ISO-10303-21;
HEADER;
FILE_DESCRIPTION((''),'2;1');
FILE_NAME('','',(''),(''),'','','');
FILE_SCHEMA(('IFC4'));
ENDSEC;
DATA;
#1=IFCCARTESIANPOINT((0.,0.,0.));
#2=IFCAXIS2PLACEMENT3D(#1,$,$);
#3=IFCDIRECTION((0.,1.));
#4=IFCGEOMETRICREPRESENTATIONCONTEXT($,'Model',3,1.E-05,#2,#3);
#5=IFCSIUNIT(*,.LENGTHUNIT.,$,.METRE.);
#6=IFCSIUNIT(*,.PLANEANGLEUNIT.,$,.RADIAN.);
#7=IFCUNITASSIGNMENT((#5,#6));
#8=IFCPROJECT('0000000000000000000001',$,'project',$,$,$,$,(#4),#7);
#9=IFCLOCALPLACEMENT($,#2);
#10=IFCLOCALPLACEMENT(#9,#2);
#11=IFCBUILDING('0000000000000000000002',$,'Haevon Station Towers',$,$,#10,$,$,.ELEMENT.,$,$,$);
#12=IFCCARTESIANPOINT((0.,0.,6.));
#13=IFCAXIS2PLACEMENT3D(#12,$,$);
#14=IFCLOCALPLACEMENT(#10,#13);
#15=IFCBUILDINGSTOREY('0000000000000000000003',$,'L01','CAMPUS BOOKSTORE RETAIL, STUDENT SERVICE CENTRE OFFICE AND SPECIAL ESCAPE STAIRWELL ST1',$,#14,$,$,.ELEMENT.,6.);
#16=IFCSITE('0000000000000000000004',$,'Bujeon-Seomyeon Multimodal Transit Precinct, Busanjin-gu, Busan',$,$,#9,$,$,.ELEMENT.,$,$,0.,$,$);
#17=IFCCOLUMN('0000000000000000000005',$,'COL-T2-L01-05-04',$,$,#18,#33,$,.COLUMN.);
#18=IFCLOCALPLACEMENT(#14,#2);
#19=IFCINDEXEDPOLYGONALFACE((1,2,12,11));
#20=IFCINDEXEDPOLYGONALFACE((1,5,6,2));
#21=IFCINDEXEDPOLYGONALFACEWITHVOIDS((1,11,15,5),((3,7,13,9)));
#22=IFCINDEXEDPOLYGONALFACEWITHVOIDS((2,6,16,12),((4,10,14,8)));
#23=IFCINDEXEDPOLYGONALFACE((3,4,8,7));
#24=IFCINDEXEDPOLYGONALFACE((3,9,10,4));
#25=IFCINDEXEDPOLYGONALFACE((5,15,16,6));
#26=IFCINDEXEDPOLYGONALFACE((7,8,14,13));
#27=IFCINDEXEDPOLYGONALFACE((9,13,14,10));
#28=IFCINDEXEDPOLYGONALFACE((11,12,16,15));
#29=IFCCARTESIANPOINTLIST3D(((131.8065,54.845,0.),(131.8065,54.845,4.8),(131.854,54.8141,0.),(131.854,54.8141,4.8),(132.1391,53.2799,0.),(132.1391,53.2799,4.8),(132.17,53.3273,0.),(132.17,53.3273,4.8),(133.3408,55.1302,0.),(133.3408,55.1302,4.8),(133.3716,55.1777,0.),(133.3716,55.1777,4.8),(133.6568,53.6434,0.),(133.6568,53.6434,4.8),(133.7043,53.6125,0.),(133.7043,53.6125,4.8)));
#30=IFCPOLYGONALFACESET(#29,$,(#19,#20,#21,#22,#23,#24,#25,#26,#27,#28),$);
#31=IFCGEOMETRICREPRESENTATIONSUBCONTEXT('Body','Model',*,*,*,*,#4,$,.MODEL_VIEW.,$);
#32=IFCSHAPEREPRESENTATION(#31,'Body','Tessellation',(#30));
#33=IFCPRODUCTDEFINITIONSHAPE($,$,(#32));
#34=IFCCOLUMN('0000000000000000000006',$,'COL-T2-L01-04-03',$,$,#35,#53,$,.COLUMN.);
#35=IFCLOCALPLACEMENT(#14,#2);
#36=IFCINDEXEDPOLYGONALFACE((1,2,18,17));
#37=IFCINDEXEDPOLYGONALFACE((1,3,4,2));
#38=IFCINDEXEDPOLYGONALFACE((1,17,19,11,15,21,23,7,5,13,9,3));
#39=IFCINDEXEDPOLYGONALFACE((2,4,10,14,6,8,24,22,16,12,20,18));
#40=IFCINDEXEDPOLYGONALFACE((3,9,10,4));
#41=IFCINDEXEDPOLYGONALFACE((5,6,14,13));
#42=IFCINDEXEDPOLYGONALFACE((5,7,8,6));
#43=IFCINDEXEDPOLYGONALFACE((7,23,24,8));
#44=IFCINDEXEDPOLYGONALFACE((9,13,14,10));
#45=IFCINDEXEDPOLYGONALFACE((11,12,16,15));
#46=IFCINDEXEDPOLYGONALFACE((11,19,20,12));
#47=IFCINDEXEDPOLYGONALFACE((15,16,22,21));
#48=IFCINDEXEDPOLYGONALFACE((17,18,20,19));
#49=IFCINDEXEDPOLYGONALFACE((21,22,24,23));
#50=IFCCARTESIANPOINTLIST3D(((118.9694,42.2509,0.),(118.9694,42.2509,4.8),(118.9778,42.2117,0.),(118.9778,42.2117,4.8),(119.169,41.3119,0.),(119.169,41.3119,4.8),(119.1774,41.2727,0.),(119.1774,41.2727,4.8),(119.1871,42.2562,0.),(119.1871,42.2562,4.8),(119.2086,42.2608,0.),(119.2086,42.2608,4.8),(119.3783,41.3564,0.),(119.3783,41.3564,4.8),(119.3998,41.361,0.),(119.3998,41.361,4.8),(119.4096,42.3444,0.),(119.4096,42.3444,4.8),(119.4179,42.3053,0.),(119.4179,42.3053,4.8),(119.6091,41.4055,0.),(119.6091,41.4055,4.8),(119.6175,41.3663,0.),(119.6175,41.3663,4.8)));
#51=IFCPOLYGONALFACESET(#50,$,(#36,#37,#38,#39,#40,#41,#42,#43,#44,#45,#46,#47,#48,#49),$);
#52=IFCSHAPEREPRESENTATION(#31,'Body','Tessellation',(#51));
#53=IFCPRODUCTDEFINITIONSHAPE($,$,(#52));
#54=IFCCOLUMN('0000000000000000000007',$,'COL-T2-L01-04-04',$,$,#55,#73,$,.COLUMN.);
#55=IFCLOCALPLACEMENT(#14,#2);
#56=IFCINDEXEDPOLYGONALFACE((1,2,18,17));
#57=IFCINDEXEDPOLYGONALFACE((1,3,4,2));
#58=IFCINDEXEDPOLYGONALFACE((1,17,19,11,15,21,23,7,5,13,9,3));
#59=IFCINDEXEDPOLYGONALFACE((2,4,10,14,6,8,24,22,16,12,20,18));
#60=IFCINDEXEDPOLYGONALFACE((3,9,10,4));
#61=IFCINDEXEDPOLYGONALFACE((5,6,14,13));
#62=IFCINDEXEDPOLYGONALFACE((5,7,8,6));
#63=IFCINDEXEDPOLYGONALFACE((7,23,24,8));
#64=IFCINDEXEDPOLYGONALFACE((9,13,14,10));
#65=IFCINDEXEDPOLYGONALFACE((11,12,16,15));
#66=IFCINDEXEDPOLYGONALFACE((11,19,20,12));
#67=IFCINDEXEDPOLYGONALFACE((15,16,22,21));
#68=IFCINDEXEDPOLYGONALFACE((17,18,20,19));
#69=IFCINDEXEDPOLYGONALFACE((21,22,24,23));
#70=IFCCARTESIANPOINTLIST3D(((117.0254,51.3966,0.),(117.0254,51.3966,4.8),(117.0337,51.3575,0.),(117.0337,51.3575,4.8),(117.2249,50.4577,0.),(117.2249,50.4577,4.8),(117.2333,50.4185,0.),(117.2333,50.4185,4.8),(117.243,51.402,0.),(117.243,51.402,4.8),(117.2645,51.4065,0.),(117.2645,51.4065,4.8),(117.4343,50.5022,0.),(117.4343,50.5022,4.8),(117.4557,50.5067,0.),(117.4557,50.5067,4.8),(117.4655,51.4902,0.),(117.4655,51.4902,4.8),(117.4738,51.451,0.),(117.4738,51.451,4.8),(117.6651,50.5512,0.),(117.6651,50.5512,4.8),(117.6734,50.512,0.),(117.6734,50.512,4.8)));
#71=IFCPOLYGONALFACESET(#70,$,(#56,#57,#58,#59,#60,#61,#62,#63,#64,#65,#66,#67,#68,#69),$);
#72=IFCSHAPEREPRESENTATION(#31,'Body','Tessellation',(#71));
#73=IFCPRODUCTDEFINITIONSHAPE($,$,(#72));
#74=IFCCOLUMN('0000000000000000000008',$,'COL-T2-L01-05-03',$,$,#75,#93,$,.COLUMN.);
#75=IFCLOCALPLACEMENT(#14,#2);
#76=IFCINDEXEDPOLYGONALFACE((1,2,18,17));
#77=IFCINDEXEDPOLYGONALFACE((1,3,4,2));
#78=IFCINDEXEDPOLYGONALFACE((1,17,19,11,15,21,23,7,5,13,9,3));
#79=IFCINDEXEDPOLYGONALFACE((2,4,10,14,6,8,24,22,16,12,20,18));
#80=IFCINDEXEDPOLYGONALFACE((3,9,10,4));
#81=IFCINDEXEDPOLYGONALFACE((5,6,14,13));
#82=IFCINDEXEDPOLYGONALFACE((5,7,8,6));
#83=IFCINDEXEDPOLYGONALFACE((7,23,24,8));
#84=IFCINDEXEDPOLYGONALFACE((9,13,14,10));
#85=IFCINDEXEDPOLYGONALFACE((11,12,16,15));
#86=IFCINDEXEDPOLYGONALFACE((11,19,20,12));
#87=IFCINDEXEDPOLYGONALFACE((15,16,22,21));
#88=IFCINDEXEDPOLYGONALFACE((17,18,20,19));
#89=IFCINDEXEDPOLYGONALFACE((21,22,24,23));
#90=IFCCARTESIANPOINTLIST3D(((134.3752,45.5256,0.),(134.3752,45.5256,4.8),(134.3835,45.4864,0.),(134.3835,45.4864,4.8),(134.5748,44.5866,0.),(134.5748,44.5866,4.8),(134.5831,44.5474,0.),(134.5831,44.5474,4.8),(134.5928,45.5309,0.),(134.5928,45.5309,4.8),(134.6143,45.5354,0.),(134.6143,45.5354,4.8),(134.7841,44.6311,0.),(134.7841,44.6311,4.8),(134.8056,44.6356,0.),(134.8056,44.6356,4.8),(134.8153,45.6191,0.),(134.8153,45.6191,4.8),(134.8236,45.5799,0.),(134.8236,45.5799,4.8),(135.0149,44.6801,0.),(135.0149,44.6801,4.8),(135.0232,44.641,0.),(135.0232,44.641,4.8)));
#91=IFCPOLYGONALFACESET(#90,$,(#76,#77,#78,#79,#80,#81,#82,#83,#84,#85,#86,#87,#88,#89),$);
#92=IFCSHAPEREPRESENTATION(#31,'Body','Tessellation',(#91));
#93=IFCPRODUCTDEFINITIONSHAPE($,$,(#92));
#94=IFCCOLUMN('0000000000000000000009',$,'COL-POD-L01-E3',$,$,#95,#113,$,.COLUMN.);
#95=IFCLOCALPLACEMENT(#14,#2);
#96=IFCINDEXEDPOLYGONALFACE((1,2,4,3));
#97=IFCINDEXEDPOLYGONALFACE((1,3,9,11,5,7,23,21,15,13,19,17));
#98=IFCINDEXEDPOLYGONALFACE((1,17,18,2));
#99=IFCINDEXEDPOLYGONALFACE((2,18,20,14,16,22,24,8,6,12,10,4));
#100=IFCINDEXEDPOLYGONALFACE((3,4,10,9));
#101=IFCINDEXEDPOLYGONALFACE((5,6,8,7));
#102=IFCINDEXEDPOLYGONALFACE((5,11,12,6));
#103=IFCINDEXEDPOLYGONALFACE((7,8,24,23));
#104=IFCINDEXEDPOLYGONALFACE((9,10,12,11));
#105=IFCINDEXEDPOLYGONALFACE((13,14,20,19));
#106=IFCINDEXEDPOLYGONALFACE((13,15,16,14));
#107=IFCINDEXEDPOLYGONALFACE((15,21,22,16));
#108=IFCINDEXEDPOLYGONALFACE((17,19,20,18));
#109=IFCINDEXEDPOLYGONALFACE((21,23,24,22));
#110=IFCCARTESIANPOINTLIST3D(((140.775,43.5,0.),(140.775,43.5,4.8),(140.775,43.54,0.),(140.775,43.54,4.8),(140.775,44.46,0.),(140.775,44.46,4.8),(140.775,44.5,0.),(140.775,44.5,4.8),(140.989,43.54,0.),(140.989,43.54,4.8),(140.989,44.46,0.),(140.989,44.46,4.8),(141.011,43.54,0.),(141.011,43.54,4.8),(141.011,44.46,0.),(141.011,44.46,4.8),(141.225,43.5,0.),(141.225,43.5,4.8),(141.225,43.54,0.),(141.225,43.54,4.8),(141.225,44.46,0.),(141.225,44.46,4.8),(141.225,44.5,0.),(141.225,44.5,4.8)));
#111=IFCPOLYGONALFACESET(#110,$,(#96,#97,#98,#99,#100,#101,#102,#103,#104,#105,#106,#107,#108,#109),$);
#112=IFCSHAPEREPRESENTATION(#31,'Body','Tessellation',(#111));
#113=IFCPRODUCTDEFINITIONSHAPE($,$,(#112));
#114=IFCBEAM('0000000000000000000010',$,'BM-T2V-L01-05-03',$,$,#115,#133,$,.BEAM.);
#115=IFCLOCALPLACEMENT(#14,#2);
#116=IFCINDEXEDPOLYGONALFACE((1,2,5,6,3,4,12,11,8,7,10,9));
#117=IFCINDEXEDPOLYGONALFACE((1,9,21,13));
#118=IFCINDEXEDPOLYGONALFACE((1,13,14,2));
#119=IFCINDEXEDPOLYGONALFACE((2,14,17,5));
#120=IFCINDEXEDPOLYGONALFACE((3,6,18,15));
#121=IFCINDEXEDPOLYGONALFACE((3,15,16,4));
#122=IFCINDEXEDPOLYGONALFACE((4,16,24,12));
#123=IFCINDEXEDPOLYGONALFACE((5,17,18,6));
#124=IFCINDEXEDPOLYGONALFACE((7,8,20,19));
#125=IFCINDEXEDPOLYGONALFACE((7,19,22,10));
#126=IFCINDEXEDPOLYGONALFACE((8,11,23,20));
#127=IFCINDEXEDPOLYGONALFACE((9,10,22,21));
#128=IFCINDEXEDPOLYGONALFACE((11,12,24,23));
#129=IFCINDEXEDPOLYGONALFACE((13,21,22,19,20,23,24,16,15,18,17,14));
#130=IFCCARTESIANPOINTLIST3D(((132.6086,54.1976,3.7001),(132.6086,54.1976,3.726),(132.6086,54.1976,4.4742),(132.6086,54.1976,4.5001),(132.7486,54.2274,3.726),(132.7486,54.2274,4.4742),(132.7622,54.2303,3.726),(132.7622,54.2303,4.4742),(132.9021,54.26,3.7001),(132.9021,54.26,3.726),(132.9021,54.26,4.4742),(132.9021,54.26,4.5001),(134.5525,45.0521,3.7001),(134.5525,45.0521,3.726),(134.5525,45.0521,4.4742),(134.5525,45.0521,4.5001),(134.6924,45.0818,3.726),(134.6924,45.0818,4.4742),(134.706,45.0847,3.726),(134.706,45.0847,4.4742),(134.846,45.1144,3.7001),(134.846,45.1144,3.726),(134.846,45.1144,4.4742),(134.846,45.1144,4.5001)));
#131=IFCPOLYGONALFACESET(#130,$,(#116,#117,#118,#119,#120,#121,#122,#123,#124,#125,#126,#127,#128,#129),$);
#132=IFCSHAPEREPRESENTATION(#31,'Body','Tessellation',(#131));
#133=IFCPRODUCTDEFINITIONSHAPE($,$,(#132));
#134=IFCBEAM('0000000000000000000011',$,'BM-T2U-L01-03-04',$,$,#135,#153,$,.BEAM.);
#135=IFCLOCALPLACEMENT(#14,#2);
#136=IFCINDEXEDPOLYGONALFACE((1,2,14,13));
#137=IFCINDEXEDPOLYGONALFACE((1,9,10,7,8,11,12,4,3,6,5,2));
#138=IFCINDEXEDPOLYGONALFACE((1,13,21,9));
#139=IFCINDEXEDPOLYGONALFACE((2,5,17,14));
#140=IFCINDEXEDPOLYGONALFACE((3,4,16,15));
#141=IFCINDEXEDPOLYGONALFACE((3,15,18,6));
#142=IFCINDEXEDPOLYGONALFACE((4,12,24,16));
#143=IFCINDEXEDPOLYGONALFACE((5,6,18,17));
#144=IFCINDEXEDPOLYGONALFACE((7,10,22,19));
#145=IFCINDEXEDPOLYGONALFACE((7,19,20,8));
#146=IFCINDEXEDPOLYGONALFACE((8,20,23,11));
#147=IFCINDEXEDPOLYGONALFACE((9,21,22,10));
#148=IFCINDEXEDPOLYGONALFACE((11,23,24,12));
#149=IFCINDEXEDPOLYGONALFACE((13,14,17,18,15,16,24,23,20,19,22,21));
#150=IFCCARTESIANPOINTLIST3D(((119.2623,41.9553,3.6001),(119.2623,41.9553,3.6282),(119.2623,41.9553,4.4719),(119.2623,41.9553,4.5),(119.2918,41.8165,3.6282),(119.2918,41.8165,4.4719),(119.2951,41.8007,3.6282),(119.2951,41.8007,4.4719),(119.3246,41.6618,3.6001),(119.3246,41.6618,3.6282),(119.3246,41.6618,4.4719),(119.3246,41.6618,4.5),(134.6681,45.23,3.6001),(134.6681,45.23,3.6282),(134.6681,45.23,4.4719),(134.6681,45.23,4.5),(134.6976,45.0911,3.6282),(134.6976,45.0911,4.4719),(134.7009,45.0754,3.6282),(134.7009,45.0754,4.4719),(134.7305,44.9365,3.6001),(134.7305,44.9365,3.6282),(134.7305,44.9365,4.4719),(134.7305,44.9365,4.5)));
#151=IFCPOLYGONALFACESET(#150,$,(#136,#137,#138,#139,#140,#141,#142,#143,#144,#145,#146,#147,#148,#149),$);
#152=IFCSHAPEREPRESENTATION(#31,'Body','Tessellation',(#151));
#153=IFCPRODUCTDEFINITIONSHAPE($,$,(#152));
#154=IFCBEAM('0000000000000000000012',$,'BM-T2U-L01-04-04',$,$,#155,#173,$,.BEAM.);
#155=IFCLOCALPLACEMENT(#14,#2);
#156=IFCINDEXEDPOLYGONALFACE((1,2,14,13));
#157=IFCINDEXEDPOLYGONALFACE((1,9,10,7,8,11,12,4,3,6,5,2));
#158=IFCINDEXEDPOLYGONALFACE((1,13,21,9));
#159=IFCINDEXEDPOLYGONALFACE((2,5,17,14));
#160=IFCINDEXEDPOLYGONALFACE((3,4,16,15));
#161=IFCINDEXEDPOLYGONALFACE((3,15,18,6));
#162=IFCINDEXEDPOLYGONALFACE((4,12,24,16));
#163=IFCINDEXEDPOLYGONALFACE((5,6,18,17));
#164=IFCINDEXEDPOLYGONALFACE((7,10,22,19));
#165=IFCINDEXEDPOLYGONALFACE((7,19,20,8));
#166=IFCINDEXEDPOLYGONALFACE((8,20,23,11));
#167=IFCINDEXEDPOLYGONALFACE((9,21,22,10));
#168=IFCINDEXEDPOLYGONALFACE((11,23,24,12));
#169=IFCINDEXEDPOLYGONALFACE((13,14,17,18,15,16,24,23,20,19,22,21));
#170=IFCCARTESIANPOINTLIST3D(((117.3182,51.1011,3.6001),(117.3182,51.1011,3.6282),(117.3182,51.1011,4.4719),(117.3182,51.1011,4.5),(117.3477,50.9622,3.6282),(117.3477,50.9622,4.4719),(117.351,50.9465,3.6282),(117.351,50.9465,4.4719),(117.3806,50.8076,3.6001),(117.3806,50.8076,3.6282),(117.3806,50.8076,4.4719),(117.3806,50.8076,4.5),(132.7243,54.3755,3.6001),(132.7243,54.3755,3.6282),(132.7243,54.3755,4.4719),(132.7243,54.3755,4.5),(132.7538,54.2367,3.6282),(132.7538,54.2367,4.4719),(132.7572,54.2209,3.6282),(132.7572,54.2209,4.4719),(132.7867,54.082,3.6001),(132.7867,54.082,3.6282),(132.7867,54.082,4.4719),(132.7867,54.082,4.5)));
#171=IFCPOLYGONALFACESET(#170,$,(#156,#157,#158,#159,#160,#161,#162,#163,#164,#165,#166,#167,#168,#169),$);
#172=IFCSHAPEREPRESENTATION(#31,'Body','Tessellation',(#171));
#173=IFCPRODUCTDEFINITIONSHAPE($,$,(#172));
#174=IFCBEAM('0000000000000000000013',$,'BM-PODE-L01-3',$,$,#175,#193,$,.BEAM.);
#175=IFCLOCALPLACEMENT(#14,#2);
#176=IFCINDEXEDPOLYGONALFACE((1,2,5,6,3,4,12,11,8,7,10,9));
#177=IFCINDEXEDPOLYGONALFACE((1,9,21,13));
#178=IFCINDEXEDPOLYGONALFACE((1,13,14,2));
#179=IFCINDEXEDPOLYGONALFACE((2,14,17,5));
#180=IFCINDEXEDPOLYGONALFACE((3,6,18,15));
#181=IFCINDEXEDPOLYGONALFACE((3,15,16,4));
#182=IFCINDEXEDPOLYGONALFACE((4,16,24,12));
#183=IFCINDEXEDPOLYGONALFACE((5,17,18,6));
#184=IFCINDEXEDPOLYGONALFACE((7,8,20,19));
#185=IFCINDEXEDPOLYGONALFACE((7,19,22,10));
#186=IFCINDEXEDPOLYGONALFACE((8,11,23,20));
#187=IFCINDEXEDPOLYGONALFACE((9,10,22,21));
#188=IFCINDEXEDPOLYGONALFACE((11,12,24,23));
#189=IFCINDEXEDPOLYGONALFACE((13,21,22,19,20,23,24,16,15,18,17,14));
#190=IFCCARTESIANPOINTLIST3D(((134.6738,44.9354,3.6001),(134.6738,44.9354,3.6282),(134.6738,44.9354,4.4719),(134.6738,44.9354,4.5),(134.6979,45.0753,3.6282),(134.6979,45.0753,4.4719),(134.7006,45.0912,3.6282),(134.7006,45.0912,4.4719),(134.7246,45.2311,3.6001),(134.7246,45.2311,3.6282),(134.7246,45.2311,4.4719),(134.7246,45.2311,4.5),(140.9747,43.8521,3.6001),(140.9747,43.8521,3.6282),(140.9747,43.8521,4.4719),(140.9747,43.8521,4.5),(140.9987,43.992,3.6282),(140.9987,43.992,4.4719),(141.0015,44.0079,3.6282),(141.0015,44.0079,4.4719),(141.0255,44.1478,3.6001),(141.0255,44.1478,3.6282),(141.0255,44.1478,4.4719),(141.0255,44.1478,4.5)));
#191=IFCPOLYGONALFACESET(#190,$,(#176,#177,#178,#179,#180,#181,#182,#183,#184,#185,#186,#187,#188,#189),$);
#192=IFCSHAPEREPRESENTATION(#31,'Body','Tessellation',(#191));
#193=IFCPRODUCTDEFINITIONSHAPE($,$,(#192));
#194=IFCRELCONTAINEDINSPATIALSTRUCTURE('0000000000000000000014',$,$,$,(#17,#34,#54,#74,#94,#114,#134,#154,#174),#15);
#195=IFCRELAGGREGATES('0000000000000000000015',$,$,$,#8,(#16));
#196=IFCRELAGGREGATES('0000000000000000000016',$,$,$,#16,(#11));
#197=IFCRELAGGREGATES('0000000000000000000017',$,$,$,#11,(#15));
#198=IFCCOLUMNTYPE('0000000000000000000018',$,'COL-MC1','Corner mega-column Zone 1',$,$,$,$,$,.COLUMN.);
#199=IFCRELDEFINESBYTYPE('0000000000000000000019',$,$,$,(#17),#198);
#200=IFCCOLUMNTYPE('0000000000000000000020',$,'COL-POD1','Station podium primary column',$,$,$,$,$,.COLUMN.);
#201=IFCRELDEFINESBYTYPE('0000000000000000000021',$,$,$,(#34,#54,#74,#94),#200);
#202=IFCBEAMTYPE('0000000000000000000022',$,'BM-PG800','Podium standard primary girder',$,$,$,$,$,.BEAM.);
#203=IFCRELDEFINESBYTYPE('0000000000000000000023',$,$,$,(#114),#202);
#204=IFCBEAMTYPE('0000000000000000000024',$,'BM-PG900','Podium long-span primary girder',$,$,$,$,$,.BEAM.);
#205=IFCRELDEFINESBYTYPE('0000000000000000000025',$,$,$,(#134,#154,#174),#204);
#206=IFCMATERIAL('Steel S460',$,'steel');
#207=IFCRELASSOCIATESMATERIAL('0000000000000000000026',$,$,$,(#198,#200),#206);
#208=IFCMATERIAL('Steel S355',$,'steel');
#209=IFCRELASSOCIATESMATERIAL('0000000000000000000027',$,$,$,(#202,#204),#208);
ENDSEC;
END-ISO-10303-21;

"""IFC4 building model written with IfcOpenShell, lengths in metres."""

from ifc_helpers import new_model, si_unit, direction, frame, origin, origin_2d, place, context, subcontext, project, spatial, hollow_rectangle, i_section, extrude, material, material_profile, profile_set, type_object, element, save


model = new_model("IFC4")

# Units and contexts
model_context = context("Model", 3, precision=1e-05, world=origin(), true_north=direction((0.0, 1.0)))
body_context = subcontext(model_context, "Body", "Model", "MODEL_VIEW")
ifc_project = project(units=[si_unit("LENGTHUNIT", "METRE"), si_unit("PLANEANGLEUNIT", "RADIAN")], contexts=[model_context])

# Site, building, storey
site_placement = place(None, origin())
site = spatial("IfcSite", under=ifc_project, at=site_placement, Name="Bujeon-Seomyeon Multimodal Transit Precinct, Busanjin-gu, Busan", CompositionType="ELEMENT", RefElevation=0.0)
building_placement = place(site_placement, origin())
building = spatial("IfcBuilding", under=site, at=building_placement, Name="Haevon Station Towers", CompositionType="ELEMENT")
storey_placement = place(building_placement, frame((0.0, 0.0, 6.0)))
storey = spatial("IfcBuildingStorey", under=building, at=storey_placement, Name="L01", Description="CAMPUS BOOKSTORE RETAIL, STUDENT SERVICE CENTRE OFFICE AND SPECIAL ESCAPE STAIRWELL ST1", CompositionType="ELEMENT", Elevation=6.0)

# Columns
ifc_material_1 = material(Name="Steel S460", Category="steel")
ifc_material_profile_1 = material_profile(ifc_material_1, hollow_rectangle(XDim=1.6001, YDim=1.6001, WallThickness=0.04, at=origin_2d()), Name="BOX-1600x1600x40")
ifc_profile_set_1 = profile_set([ifc_material_profile_1], Name="Steel S460")
column_type_1 = type_object("IfcColumnType", Name="COL-MC1", Description="Corner mega-column Zone 1", PredefinedType="COLUMN", material=ifc_profile_set_1)
column_placement = place(storey_placement, frame((132.7554, 54.2288, 0.0), z_axis=(0.0, 0.0, 1.0), x_axis=(0.978148, 0.207912, 0.0)))
element("IfcColumn", 1, at=column_placement, inside=storey, type_object=column_type_1, Name="COL-T2-L01-05-04", PredefinedType="COLUMN", context=body_context, shape_type="SweptSolid", body=[
    extrude(hollow_rectangle(XDim=1.6001, YDim=1.6001, WallThickness=0.04, at=origin_2d()), origin(), (0.0, 0.0, 1.0), 4.8),
])
ifc_material_profile_2 = material_profile(ifc_material_1, i_section(OverallWidth=0.45, OverallDepth=1.0, WebThickness=0.022, FlangeThickness=0.04, at=origin_2d()), Name="H-1000x450x22x40")
ifc_profile_set_2 = profile_set([ifc_material_profile_2], Name="Steel S460")
column_type_2 = type_object("IfcColumnType", Name="COL-POD1", Description="Station podium primary column", PredefinedType="COLUMN", material=ifc_profile_set_2)
for number, where, z_axis, x_axis, name in (
    (2, (119.2935, 41.8086, 0.0), (0.0, 0.0, 1.0), (0.978148, 0.207912, 0.0), "COL-T2-L01-04-03"),
    (3, (117.3494, 50.9543, 0.0), (0.0, 0.0, 1.0), (0.978148, 0.207912, 0.0), "COL-T2-L01-04-04"),
    (4, (134.6992, 45.0833, 0.0), (0.0, 0.0, 1.0), (0.978148, 0.207912, 0.0), "COL-T2-L01-05-03"),
    (5, (141.0, 44.0, 0.0), (0.0, 0.0, 1.0), (1.0, 0.0, 0.0), "COL-POD-L01-E3"),
):
    element("IfcColumn", number, at=place(storey_placement, frame(where, z_axis=z_axis, x_axis=x_axis)), inside=storey, type_object=column_type_2, Name=name, PredefinedType="COLUMN", context=body_context, shape_type="SweptSolid", body=[
        extrude(i_section(OverallWidth=0.45, OverallDepth=1.0, WebThickness=0.022, FlangeThickness=0.04, at=origin_2d()), origin(), (0.0, 0.0, 1.0), 4.8),
    ])

# Beams
ifc_material_2 = material(Name="Steel S355", Category="steel")
ifc_material_profile_3 = material_profile(ifc_material_2, i_section(OverallWidth=0.3, OverallDepth=0.8, WebThickness=0.0139, FlangeThickness=0.0259, at=origin_2d()), Name="H-800x300x14x26")
ifc_profile_set_3 = profile_set([ifc_material_profile_3], Name="Steel S355")
beam_type_1 = type_object("IfcBeamType", Name="BM-PG800", Description="Podium standard primary girder", PredefinedType="BEAM", material=ifc_profile_set_3)
beam_1_placement = place(storey_placement, frame((134.6992, 45.0833, 4.1001), z_axis=(-0.207902, 0.97815, 0.0), x_axis=(-0.97815, -0.207902, 0.0)))
element("IfcBeam", 6, at=beam_1_placement, inside=storey, type_object=beam_type_1, Name="BM-T2V-L01-05-03", PredefinedType="BEAM", context=body_context, shape_type="SweptSolid", body=[
    extrude(i_section(OverallWidth=0.3, OverallDepth=0.8, WebThickness=0.0139, FlangeThickness=0.0259, at=origin_2d()), origin(), (0.0, 0.0, 1.0), 9.3499),
])
ifc_material_profile_4 = material_profile(ifc_material_2, i_section(OverallWidth=0.3, OverallDepth=0.8999, WebThickness=0.0161, FlangeThickness=0.0281, at=origin_2d()), Name="H-900x300x16x28")
ifc_profile_set_4 = profile_set([ifc_material_profile_4], Name="Steel S355")
beam_type_2 = type_object("IfcBeamType", Name="BM-PG900", Description="Podium long-span primary girder", PredefinedType="BEAM", material=ifc_profile_set_4)
beam_2_placement = place(storey_placement, frame((119.2935, 41.8086, 4.05), z_axis=(0.978147, 0.207915, 0.0), x_axis=(-0.207915, 0.978147, 0.0)))
element("IfcBeam", 7, at=beam_2_placement, inside=storey, type_object=beam_type_2, Name="BM-T2U-L01-03-04", PredefinedType="BEAM", context=body_context, shape_type="SweptSolid", body=[
    extrude(i_section(OverallWidth=0.3, OverallDepth=0.8999, WebThickness=0.0161, FlangeThickness=0.0281, at=origin_2d()), origin(), (0.0, 0.0, 1.0), 15.75),
])
beam_3_placement = place(storey_placement, frame((117.3494, 50.9543, 4.05), z_axis=(0.978151, 0.207898, 0.0), x_axis=(-0.207898, 0.978151, 0.0)))
element("IfcBeam", 8, at=beam_3_placement, inside=storey, type_object=beam_type_2, Name="BM-T2U-L01-04-04", PredefinedType="BEAM", context=body_context, shape_type="SweptSolid", body=[
    extrude(i_section(OverallWidth=0.3, OverallDepth=0.8999, WebThickness=0.0161, FlangeThickness=0.0281, at=origin_2d()), origin(), (0.0, 0.0, 1.0), 15.7502),
])
beam_4_placement = place(storey_placement, frame((134.6992, 45.0833, 4.05), z_axis=(0.985541, -0.169438, 0.0), x_axis=(0.169438, 0.985541, 0.0)))
element("IfcBeam", 9, at=beam_4_placement, inside=storey, type_object=beam_type_2, Name="BM-PODE-L01-3", PredefinedType="BEAM", context=body_context, shape_type="SweptSolid", body=[
    extrude(i_section(OverallWidth=0.3, OverallDepth=0.8999, WebThickness=0.0161, FlangeThickness=0.0281, at=origin_2d()), origin(), (0.0, 0.0, 1.0), 6.3933),
])

save(model, "model.ifc")
